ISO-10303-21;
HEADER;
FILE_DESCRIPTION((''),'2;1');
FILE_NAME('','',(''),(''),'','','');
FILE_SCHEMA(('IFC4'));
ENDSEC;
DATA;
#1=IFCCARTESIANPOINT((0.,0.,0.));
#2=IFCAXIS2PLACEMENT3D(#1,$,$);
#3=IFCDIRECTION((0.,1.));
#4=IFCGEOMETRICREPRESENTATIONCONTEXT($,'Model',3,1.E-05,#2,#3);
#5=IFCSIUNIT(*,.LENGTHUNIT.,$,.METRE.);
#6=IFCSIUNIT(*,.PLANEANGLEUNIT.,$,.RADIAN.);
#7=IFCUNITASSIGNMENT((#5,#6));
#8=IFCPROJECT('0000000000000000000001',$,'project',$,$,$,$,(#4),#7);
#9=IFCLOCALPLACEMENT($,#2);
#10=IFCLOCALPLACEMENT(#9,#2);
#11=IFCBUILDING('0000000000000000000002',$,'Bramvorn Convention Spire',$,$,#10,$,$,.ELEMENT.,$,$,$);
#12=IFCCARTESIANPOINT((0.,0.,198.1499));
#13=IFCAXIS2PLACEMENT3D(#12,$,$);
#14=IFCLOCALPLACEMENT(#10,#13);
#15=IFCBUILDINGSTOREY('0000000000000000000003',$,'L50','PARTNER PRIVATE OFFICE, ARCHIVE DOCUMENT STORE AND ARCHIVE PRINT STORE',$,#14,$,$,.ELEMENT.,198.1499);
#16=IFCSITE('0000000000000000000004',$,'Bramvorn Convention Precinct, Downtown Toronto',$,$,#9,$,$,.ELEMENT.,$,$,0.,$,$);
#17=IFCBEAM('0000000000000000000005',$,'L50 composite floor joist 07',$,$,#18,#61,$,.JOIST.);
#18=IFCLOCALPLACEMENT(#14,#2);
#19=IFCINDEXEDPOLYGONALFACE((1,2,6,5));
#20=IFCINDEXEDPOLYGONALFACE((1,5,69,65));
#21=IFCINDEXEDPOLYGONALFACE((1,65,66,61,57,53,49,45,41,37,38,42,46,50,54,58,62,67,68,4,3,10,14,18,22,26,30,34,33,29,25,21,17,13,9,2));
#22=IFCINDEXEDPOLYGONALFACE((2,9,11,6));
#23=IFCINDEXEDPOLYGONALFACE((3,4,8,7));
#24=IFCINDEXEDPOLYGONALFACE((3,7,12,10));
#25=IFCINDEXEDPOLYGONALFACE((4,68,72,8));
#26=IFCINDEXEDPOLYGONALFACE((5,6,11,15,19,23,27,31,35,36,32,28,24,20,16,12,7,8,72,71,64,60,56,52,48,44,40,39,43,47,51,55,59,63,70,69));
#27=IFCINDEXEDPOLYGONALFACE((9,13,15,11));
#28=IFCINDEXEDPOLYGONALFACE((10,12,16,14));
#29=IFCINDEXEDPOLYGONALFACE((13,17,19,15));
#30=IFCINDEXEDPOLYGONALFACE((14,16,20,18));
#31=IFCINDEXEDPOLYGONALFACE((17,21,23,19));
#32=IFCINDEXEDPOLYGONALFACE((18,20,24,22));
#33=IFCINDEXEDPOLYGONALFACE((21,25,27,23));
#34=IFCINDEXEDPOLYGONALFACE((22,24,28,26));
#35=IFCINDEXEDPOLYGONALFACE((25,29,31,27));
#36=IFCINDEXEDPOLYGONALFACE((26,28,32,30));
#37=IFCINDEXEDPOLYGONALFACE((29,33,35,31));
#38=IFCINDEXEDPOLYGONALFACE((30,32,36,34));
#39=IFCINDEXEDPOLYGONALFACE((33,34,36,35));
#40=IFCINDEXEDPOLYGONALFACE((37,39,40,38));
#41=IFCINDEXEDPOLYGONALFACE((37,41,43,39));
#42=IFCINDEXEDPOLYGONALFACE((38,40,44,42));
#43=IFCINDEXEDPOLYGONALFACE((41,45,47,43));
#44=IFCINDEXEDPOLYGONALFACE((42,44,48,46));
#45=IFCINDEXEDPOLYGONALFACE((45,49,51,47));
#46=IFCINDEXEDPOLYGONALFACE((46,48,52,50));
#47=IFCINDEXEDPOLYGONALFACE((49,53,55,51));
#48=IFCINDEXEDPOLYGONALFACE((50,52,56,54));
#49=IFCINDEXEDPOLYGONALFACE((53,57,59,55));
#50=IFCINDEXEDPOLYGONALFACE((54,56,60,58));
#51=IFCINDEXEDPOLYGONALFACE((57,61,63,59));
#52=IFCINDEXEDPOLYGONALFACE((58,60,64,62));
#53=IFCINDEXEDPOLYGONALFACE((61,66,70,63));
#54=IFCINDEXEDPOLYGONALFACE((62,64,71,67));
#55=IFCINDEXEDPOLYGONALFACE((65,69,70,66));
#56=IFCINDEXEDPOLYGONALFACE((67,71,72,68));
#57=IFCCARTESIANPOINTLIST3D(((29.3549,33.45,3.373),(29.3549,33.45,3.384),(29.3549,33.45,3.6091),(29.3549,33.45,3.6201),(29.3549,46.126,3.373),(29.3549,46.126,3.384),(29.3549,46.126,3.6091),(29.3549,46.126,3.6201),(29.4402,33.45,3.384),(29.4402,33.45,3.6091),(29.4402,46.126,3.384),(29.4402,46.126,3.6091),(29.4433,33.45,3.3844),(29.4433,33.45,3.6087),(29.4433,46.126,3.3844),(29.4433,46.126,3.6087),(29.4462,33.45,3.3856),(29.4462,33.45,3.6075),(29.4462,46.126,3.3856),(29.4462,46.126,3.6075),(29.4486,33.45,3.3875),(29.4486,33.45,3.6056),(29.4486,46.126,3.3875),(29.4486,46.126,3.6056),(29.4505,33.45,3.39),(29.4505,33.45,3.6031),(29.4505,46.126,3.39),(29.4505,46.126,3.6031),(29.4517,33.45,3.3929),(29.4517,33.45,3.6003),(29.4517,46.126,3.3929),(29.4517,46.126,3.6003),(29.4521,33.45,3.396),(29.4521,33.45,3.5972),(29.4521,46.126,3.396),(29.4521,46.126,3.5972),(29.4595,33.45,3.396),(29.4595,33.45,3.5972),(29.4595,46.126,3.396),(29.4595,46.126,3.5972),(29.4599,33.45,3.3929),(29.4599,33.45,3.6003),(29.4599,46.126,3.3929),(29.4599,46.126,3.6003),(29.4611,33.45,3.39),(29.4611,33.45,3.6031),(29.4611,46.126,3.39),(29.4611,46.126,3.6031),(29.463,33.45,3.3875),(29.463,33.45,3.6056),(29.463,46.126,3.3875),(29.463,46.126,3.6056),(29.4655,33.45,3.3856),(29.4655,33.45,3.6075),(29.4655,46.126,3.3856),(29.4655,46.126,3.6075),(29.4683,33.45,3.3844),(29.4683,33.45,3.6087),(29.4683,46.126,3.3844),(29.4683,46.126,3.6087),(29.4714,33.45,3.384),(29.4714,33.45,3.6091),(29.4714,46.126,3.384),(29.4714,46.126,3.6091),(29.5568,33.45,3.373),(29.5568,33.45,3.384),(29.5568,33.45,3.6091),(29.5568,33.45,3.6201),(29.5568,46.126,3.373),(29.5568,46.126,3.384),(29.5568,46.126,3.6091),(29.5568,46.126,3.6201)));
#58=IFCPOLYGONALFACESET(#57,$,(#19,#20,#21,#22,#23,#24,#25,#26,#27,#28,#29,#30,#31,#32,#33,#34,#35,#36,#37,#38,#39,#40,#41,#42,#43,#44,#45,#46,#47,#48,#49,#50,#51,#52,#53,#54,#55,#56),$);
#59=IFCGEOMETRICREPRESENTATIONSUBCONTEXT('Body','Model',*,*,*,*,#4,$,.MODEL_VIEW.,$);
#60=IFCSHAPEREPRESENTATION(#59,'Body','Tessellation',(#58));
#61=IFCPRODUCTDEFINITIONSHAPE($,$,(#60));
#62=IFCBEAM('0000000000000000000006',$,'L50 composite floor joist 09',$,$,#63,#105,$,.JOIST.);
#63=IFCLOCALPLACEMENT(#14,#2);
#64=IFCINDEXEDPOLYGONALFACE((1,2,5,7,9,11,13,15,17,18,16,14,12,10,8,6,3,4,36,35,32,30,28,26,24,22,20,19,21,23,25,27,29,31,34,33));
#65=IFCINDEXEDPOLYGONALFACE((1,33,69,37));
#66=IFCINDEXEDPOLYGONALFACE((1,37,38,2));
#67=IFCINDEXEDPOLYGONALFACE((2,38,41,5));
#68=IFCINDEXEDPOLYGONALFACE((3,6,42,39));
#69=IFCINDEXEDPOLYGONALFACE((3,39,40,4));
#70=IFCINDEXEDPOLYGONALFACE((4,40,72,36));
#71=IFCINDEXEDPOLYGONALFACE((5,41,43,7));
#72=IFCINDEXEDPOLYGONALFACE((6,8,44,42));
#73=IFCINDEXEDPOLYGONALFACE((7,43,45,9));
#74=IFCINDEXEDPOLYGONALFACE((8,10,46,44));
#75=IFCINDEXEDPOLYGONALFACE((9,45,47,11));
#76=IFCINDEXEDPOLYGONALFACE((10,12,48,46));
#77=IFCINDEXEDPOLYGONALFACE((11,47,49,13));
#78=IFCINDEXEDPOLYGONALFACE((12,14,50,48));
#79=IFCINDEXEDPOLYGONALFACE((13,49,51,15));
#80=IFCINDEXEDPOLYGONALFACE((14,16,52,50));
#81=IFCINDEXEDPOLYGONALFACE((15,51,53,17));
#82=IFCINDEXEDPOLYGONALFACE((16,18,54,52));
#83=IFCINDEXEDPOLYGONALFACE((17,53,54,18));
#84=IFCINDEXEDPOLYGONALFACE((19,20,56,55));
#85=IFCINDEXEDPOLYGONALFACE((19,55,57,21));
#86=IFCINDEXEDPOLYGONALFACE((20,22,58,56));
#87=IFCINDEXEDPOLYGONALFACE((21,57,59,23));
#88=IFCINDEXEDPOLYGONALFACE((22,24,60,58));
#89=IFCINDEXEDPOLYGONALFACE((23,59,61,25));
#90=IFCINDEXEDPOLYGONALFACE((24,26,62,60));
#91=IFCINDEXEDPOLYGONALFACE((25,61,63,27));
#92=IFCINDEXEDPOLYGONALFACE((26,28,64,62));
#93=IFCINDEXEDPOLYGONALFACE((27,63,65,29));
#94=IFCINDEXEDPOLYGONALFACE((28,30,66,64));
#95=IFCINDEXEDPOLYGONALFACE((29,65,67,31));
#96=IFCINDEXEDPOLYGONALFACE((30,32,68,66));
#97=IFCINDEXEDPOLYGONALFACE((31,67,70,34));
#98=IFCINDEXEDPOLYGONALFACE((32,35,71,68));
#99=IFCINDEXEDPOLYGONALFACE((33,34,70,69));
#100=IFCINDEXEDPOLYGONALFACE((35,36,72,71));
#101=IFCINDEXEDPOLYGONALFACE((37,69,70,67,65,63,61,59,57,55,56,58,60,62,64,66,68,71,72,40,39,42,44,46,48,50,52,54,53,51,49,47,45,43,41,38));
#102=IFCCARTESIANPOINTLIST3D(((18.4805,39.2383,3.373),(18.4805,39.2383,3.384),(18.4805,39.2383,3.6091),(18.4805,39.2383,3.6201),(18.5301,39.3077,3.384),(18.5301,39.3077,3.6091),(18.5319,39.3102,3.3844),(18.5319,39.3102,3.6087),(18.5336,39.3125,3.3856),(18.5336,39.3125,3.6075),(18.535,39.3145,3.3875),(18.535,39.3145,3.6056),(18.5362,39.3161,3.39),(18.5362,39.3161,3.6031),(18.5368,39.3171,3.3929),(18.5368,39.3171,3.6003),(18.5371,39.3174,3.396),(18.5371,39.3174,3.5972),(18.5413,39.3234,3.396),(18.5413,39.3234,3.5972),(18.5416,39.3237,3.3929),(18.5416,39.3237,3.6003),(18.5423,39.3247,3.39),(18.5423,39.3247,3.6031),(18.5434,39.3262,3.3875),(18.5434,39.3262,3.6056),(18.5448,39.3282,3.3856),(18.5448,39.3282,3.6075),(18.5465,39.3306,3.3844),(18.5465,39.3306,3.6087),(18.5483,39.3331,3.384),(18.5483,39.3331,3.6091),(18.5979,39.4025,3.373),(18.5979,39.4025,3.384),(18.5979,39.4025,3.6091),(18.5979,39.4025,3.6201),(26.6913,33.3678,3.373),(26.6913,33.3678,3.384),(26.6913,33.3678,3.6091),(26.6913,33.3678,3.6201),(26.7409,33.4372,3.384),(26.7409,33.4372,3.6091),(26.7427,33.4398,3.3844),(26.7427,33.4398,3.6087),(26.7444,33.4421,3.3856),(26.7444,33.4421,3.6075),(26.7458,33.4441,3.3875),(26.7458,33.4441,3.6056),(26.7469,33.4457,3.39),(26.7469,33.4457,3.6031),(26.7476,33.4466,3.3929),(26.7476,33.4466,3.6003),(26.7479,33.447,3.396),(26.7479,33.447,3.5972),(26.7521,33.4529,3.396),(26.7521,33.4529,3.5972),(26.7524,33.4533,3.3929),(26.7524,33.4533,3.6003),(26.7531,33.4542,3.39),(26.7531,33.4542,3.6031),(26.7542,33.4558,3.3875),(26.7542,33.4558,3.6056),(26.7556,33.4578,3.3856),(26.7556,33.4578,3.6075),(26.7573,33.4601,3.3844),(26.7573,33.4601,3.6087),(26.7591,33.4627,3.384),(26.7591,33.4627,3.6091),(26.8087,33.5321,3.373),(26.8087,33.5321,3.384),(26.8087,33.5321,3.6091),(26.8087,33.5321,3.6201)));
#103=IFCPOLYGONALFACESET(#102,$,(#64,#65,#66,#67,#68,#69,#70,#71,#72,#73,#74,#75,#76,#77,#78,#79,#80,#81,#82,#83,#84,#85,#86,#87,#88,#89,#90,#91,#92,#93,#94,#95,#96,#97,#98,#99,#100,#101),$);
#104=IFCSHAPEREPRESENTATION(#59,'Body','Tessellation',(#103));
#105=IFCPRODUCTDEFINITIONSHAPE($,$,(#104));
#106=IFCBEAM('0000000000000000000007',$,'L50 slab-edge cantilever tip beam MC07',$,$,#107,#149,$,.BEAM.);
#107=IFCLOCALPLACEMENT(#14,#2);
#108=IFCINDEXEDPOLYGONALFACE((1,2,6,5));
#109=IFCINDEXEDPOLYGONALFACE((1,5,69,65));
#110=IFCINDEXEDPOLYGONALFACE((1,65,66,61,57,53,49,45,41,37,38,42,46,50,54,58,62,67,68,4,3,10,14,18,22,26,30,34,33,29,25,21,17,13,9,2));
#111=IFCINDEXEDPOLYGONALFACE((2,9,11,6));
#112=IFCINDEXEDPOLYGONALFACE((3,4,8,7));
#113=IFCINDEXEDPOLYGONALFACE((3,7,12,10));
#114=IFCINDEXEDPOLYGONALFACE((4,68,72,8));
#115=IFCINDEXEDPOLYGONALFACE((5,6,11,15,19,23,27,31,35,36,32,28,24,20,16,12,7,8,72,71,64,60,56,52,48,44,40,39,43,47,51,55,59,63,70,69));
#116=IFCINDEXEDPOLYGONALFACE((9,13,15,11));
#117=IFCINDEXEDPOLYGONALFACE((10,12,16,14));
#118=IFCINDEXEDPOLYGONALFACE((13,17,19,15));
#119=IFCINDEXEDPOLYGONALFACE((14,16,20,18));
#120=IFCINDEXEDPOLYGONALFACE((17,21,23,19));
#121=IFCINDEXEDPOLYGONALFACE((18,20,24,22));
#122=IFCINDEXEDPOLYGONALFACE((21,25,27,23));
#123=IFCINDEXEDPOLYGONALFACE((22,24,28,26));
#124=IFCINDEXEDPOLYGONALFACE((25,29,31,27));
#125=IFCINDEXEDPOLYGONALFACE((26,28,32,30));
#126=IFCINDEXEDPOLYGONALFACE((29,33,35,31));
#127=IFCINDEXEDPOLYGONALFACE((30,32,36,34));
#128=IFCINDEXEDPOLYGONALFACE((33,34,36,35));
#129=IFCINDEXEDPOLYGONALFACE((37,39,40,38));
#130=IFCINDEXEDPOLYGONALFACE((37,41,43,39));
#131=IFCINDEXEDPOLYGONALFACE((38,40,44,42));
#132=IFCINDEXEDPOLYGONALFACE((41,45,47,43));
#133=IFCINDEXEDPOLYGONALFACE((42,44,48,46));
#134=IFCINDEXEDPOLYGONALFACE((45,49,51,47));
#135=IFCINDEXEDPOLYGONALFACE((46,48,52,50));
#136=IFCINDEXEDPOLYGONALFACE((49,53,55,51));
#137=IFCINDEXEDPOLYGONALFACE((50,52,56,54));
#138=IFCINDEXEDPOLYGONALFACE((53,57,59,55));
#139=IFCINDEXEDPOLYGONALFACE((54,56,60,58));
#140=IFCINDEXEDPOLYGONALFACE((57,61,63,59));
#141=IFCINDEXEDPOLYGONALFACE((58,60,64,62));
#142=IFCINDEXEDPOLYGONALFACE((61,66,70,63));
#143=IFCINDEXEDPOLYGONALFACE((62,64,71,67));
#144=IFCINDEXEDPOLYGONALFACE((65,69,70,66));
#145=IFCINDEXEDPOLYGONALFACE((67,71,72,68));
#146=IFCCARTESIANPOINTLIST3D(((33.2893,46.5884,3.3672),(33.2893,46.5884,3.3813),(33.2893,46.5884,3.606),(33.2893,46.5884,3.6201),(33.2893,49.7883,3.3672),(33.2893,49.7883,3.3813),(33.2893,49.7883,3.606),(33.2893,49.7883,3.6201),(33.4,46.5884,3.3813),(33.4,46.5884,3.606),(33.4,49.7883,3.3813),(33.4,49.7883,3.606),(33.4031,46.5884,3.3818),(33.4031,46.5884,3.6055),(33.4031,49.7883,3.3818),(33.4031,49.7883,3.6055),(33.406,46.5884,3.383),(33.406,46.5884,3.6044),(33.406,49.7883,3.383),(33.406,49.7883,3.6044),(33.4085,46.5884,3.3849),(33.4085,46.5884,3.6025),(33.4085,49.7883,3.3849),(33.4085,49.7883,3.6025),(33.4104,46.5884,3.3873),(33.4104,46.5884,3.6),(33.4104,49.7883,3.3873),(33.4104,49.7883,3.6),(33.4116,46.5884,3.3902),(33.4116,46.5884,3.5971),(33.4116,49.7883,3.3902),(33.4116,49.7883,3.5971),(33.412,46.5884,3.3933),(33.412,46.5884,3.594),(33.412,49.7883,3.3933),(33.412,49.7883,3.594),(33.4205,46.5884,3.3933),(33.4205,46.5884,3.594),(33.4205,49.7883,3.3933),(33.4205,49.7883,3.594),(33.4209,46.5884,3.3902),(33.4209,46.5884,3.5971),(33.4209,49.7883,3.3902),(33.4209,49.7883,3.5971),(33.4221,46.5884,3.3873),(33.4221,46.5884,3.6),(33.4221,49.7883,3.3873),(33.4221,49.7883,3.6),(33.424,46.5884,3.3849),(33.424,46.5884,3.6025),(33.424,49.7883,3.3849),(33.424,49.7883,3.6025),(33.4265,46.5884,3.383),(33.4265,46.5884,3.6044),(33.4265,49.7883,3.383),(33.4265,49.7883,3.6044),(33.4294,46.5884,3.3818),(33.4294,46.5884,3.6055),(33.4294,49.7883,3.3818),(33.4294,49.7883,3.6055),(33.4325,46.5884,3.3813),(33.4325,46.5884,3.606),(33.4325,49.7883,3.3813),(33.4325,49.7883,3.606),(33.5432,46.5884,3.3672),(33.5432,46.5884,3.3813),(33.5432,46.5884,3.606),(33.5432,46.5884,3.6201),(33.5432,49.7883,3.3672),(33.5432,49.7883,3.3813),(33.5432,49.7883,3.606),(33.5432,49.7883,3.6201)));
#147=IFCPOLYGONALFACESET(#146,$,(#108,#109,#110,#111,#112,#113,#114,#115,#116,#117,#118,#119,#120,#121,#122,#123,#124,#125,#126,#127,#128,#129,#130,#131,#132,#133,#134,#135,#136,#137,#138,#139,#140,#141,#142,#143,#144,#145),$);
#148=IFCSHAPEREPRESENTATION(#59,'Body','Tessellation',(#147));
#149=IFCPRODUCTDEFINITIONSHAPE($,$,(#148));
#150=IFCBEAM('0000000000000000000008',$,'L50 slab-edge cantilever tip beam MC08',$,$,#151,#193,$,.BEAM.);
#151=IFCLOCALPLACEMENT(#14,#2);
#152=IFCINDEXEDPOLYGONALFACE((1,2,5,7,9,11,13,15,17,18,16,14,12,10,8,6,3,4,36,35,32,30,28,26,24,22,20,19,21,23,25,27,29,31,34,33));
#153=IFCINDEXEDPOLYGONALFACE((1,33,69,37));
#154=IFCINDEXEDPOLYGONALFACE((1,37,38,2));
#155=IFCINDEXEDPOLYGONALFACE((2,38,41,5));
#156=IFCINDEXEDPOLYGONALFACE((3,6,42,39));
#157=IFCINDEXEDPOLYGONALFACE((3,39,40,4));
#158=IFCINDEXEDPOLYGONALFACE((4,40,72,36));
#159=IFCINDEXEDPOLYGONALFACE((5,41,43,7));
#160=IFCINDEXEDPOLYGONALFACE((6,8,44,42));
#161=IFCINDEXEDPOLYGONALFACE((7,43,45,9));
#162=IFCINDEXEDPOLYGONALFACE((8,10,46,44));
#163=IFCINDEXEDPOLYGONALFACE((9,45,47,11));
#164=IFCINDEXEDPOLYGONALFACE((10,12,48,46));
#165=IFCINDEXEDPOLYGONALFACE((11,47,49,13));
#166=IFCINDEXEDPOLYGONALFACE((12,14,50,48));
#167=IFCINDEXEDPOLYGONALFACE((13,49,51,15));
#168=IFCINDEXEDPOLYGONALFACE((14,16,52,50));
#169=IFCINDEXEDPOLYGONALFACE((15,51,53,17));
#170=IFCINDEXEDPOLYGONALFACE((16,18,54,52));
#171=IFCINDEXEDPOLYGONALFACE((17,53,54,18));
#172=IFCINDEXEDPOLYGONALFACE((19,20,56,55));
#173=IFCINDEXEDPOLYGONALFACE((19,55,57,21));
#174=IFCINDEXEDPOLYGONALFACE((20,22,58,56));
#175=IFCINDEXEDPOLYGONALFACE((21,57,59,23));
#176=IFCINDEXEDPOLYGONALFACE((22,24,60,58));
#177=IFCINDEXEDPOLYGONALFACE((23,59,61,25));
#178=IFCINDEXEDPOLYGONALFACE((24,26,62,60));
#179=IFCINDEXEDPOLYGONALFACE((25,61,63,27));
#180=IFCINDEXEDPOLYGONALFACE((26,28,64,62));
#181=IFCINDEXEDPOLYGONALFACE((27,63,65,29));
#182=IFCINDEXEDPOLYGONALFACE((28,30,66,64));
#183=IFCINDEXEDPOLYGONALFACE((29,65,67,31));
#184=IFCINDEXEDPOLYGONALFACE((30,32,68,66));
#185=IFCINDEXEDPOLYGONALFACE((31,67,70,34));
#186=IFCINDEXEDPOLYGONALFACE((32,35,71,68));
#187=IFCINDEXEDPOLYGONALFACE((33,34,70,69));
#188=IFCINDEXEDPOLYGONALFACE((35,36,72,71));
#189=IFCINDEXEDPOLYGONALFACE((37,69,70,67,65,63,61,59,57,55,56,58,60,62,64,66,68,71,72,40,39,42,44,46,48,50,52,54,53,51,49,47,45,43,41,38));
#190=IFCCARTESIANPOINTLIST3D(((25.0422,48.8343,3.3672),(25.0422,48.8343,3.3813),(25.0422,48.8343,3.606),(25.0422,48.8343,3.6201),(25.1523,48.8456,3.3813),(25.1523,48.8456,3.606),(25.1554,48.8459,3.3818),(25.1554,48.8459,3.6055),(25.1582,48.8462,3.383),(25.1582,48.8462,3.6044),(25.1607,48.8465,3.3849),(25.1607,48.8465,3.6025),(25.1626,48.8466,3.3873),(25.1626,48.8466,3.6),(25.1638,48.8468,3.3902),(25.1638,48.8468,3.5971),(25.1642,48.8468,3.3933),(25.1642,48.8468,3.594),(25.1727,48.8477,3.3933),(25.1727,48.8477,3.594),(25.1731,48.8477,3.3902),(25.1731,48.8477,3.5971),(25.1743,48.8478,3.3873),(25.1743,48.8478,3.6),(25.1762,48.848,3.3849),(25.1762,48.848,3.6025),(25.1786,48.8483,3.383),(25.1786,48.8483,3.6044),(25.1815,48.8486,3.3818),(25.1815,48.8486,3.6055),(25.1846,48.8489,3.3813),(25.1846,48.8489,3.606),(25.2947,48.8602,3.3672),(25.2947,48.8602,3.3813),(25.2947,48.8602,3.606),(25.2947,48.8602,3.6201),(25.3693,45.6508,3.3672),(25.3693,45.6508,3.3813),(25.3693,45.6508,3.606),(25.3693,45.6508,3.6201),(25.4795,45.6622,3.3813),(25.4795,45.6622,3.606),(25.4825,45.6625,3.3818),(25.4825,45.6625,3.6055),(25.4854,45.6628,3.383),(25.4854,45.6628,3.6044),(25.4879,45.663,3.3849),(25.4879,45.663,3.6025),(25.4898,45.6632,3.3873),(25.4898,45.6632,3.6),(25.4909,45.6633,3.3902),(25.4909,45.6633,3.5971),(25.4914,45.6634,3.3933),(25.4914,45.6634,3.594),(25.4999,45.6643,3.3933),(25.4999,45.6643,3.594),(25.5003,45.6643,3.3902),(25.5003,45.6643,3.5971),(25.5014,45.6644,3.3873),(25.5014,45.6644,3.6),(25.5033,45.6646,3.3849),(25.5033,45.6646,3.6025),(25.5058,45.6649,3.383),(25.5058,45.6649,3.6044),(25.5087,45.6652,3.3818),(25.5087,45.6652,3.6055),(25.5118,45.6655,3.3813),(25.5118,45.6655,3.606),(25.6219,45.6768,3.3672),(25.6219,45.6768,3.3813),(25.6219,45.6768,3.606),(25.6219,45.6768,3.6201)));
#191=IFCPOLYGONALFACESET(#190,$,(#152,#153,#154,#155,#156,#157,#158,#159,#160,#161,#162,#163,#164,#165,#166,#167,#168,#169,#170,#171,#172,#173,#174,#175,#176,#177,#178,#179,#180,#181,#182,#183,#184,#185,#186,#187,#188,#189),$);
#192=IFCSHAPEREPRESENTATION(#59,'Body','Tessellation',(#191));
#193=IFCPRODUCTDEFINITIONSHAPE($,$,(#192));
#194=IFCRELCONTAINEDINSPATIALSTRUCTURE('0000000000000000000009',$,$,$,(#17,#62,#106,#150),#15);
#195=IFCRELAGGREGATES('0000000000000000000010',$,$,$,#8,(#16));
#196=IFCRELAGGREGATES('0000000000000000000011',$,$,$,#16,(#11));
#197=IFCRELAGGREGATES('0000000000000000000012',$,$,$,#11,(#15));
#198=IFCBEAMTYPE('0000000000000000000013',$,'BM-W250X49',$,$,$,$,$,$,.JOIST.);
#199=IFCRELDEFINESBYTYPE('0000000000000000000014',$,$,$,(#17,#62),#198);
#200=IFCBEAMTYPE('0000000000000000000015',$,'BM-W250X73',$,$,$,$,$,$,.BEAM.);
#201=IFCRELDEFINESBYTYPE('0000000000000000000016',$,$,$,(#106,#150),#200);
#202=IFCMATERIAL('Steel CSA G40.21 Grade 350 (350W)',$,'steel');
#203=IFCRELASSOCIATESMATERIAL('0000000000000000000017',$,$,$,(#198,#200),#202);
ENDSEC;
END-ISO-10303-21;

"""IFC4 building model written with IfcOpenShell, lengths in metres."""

from ifc_helpers import new_model, si_unit, direction, frame, origin, origin_2d, place, context, subcontext, project, spatial, i_section, extrude, material, material_profile, profile_set, type_object, element, save


model = new_model("IFC4")

# Units and contexts
model_context = context("Model", 3, precision=1e-05, world=origin(), true_north=direction((0.0, 1.0)))
body_context = subcontext(model_context, "Body", "Model", "MODEL_VIEW")
ifc_project = project(units=[si_unit("LENGTHUNIT", "METRE"), si_unit("PLANEANGLEUNIT", "RADIAN")], contexts=[model_context])

# Site, building, storey
site_placement = place(None, origin())
site = spatial("IfcSite", under=ifc_project, at=site_placement, Name="Bramvorn Convention Precinct, Downtown Toronto", CompositionType="ELEMENT", RefElevation=0.0)
building_placement = place(site_placement, origin())
building = spatial("IfcBuilding", under=site, at=building_placement, Name="Bramvorn Convention Spire", CompositionType="ELEMENT")
storey_placement = place(building_placement, frame((0.0, 0.0, 198.1499)))
storey = spatial("IfcBuildingStorey", under=building, at=storey_placement, Name="L50", Description="PARTNER PRIVATE OFFICE, ARCHIVE DOCUMENT STORE AND ARCHIVE PRINT STORE", CompositionType="ELEMENT", Elevation=198.1499)

# Shared definitions
ifc_material_1 = material(Name="Steel CSA G40.21 Grade 350 (350W)", Category="steel")

# Beams
ifc_material_profile_1 = material_profile(ifc_material_1, i_section(OverallWidth=0.2019, OverallDepth=0.2471, WebThickness=0.0073, FlangeThickness=0.011, FilletRadius=0.012, at=origin_2d()))
ifc_profile_set_1 = profile_set([ifc_material_profile_1], Name="Steel CSA G40.21 Grade 350 (350W) - W250X49")
beam_type_1 = type_object("IfcBeamType", Name="BM-W250X49", PredefinedType="JOIST", material=ifc_profile_set_1)
beam_1_placement = place(storey_placement, frame((29.4558, 33.45, 3.4966), z_axis=(0.0, 1.0, 0.0), x_axis=(-1.0, 0.0, 0.0)))
element("IfcBeam", 1, at=beam_1_placement, inside=storey, type_object=beam_type_1, Name="L50 composite floor joist 07", PredefinedType="JOIST", context=body_context, shape_type="SweptSolid", body=[
    extrude(i_section(OverallWidth=0.2019, OverallDepth=0.2471, WebThickness=0.0073, FlangeThickness=0.011, FilletRadius=0.012, at=origin_2d()), origin(), (0.0, 0.0, 1.0), 12.676),
])
beam_2_placement = place(storey_placement, frame((26.75, 33.45, 3.4966), z_axis=(-0.813472, 0.581604, 0.0), x_axis=(-0.581604, -0.813472, 0.0)))
element("IfcBeam", 2, at=beam_2_placement, inside=storey, type_object=beam_type_1, Name="L50 composite floor joist 09", PredefinedType="JOIST", context=body_context, shape_type="SweptSolid", body=[
    extrude(i_section(OverallWidth=0.2019, OverallDepth=0.2471, WebThickness=0.0073, FlangeThickness=0.011, FilletRadius=0.012, at=origin_2d()), origin(), (0.0, 0.0, 1.0), 10.0935),
])
ifc_material_profile_2 = material_profile(ifc_material_1, i_section(OverallWidth=0.2539, OverallDepth=0.2529, WebThickness=0.0085, FlangeThickness=0.0142, FilletRadius=0.012, at=origin_2d()))
ifc_profile_set_2 = profile_set([ifc_material_profile_2], Name="Steel CSA G40.21 Grade 350 (350W) - W250X73")
beam_type_2 = type_object("IfcBeamType", Name="BM-W250X73", PredefinedType="BEAM", material=ifc_profile_set_2)
beam_3_placement = place(storey_placement, frame((33.4163, 46.5884, 3.4937), z_axis=(0.0, 1.0, 0.0), x_axis=(-1.0, 0.0, 0.0)))
element("IfcBeam", 3, at=beam_3_placement, inside=storey, type_object=beam_type_2, Name="L50 slab-edge cantilever tip beam MC07", PredefinedType="BEAM", context=body_context, shape_type="SweptSolid", body=[
    extrude(i_section(OverallWidth=0.2539, OverallDepth=0.2529, WebThickness=0.0085, FlangeThickness=0.0142, FilletRadius=0.012, at=origin_2d()), origin(), (0.0, 0.0, 1.0), 3.2),
])
beam_4_placement = place(storey_placement, frame((25.4956, 45.6638, 3.4937), z_axis=(-0.10223, 0.994761, 0.0), x_axis=(-0.994761, -0.10223, 0.0)))
element("IfcBeam", 4, at=beam_4_placement, inside=storey, type_object=beam_type_2, Name="L50 slab-edge cantilever tip beam MC08", PredefinedType="BEAM", context=body_context, shape_type="SweptSolid", body=[
    extrude(i_section(OverallWidth=0.2539, OverallDepth=0.2529, WebThickness=0.0085, FlangeThickness=0.0142, FilletRadius=0.012, at=origin_2d()), origin(), (0.0, 0.0, 1.0), 3.2002),
])

save(model, "model.ifc")
